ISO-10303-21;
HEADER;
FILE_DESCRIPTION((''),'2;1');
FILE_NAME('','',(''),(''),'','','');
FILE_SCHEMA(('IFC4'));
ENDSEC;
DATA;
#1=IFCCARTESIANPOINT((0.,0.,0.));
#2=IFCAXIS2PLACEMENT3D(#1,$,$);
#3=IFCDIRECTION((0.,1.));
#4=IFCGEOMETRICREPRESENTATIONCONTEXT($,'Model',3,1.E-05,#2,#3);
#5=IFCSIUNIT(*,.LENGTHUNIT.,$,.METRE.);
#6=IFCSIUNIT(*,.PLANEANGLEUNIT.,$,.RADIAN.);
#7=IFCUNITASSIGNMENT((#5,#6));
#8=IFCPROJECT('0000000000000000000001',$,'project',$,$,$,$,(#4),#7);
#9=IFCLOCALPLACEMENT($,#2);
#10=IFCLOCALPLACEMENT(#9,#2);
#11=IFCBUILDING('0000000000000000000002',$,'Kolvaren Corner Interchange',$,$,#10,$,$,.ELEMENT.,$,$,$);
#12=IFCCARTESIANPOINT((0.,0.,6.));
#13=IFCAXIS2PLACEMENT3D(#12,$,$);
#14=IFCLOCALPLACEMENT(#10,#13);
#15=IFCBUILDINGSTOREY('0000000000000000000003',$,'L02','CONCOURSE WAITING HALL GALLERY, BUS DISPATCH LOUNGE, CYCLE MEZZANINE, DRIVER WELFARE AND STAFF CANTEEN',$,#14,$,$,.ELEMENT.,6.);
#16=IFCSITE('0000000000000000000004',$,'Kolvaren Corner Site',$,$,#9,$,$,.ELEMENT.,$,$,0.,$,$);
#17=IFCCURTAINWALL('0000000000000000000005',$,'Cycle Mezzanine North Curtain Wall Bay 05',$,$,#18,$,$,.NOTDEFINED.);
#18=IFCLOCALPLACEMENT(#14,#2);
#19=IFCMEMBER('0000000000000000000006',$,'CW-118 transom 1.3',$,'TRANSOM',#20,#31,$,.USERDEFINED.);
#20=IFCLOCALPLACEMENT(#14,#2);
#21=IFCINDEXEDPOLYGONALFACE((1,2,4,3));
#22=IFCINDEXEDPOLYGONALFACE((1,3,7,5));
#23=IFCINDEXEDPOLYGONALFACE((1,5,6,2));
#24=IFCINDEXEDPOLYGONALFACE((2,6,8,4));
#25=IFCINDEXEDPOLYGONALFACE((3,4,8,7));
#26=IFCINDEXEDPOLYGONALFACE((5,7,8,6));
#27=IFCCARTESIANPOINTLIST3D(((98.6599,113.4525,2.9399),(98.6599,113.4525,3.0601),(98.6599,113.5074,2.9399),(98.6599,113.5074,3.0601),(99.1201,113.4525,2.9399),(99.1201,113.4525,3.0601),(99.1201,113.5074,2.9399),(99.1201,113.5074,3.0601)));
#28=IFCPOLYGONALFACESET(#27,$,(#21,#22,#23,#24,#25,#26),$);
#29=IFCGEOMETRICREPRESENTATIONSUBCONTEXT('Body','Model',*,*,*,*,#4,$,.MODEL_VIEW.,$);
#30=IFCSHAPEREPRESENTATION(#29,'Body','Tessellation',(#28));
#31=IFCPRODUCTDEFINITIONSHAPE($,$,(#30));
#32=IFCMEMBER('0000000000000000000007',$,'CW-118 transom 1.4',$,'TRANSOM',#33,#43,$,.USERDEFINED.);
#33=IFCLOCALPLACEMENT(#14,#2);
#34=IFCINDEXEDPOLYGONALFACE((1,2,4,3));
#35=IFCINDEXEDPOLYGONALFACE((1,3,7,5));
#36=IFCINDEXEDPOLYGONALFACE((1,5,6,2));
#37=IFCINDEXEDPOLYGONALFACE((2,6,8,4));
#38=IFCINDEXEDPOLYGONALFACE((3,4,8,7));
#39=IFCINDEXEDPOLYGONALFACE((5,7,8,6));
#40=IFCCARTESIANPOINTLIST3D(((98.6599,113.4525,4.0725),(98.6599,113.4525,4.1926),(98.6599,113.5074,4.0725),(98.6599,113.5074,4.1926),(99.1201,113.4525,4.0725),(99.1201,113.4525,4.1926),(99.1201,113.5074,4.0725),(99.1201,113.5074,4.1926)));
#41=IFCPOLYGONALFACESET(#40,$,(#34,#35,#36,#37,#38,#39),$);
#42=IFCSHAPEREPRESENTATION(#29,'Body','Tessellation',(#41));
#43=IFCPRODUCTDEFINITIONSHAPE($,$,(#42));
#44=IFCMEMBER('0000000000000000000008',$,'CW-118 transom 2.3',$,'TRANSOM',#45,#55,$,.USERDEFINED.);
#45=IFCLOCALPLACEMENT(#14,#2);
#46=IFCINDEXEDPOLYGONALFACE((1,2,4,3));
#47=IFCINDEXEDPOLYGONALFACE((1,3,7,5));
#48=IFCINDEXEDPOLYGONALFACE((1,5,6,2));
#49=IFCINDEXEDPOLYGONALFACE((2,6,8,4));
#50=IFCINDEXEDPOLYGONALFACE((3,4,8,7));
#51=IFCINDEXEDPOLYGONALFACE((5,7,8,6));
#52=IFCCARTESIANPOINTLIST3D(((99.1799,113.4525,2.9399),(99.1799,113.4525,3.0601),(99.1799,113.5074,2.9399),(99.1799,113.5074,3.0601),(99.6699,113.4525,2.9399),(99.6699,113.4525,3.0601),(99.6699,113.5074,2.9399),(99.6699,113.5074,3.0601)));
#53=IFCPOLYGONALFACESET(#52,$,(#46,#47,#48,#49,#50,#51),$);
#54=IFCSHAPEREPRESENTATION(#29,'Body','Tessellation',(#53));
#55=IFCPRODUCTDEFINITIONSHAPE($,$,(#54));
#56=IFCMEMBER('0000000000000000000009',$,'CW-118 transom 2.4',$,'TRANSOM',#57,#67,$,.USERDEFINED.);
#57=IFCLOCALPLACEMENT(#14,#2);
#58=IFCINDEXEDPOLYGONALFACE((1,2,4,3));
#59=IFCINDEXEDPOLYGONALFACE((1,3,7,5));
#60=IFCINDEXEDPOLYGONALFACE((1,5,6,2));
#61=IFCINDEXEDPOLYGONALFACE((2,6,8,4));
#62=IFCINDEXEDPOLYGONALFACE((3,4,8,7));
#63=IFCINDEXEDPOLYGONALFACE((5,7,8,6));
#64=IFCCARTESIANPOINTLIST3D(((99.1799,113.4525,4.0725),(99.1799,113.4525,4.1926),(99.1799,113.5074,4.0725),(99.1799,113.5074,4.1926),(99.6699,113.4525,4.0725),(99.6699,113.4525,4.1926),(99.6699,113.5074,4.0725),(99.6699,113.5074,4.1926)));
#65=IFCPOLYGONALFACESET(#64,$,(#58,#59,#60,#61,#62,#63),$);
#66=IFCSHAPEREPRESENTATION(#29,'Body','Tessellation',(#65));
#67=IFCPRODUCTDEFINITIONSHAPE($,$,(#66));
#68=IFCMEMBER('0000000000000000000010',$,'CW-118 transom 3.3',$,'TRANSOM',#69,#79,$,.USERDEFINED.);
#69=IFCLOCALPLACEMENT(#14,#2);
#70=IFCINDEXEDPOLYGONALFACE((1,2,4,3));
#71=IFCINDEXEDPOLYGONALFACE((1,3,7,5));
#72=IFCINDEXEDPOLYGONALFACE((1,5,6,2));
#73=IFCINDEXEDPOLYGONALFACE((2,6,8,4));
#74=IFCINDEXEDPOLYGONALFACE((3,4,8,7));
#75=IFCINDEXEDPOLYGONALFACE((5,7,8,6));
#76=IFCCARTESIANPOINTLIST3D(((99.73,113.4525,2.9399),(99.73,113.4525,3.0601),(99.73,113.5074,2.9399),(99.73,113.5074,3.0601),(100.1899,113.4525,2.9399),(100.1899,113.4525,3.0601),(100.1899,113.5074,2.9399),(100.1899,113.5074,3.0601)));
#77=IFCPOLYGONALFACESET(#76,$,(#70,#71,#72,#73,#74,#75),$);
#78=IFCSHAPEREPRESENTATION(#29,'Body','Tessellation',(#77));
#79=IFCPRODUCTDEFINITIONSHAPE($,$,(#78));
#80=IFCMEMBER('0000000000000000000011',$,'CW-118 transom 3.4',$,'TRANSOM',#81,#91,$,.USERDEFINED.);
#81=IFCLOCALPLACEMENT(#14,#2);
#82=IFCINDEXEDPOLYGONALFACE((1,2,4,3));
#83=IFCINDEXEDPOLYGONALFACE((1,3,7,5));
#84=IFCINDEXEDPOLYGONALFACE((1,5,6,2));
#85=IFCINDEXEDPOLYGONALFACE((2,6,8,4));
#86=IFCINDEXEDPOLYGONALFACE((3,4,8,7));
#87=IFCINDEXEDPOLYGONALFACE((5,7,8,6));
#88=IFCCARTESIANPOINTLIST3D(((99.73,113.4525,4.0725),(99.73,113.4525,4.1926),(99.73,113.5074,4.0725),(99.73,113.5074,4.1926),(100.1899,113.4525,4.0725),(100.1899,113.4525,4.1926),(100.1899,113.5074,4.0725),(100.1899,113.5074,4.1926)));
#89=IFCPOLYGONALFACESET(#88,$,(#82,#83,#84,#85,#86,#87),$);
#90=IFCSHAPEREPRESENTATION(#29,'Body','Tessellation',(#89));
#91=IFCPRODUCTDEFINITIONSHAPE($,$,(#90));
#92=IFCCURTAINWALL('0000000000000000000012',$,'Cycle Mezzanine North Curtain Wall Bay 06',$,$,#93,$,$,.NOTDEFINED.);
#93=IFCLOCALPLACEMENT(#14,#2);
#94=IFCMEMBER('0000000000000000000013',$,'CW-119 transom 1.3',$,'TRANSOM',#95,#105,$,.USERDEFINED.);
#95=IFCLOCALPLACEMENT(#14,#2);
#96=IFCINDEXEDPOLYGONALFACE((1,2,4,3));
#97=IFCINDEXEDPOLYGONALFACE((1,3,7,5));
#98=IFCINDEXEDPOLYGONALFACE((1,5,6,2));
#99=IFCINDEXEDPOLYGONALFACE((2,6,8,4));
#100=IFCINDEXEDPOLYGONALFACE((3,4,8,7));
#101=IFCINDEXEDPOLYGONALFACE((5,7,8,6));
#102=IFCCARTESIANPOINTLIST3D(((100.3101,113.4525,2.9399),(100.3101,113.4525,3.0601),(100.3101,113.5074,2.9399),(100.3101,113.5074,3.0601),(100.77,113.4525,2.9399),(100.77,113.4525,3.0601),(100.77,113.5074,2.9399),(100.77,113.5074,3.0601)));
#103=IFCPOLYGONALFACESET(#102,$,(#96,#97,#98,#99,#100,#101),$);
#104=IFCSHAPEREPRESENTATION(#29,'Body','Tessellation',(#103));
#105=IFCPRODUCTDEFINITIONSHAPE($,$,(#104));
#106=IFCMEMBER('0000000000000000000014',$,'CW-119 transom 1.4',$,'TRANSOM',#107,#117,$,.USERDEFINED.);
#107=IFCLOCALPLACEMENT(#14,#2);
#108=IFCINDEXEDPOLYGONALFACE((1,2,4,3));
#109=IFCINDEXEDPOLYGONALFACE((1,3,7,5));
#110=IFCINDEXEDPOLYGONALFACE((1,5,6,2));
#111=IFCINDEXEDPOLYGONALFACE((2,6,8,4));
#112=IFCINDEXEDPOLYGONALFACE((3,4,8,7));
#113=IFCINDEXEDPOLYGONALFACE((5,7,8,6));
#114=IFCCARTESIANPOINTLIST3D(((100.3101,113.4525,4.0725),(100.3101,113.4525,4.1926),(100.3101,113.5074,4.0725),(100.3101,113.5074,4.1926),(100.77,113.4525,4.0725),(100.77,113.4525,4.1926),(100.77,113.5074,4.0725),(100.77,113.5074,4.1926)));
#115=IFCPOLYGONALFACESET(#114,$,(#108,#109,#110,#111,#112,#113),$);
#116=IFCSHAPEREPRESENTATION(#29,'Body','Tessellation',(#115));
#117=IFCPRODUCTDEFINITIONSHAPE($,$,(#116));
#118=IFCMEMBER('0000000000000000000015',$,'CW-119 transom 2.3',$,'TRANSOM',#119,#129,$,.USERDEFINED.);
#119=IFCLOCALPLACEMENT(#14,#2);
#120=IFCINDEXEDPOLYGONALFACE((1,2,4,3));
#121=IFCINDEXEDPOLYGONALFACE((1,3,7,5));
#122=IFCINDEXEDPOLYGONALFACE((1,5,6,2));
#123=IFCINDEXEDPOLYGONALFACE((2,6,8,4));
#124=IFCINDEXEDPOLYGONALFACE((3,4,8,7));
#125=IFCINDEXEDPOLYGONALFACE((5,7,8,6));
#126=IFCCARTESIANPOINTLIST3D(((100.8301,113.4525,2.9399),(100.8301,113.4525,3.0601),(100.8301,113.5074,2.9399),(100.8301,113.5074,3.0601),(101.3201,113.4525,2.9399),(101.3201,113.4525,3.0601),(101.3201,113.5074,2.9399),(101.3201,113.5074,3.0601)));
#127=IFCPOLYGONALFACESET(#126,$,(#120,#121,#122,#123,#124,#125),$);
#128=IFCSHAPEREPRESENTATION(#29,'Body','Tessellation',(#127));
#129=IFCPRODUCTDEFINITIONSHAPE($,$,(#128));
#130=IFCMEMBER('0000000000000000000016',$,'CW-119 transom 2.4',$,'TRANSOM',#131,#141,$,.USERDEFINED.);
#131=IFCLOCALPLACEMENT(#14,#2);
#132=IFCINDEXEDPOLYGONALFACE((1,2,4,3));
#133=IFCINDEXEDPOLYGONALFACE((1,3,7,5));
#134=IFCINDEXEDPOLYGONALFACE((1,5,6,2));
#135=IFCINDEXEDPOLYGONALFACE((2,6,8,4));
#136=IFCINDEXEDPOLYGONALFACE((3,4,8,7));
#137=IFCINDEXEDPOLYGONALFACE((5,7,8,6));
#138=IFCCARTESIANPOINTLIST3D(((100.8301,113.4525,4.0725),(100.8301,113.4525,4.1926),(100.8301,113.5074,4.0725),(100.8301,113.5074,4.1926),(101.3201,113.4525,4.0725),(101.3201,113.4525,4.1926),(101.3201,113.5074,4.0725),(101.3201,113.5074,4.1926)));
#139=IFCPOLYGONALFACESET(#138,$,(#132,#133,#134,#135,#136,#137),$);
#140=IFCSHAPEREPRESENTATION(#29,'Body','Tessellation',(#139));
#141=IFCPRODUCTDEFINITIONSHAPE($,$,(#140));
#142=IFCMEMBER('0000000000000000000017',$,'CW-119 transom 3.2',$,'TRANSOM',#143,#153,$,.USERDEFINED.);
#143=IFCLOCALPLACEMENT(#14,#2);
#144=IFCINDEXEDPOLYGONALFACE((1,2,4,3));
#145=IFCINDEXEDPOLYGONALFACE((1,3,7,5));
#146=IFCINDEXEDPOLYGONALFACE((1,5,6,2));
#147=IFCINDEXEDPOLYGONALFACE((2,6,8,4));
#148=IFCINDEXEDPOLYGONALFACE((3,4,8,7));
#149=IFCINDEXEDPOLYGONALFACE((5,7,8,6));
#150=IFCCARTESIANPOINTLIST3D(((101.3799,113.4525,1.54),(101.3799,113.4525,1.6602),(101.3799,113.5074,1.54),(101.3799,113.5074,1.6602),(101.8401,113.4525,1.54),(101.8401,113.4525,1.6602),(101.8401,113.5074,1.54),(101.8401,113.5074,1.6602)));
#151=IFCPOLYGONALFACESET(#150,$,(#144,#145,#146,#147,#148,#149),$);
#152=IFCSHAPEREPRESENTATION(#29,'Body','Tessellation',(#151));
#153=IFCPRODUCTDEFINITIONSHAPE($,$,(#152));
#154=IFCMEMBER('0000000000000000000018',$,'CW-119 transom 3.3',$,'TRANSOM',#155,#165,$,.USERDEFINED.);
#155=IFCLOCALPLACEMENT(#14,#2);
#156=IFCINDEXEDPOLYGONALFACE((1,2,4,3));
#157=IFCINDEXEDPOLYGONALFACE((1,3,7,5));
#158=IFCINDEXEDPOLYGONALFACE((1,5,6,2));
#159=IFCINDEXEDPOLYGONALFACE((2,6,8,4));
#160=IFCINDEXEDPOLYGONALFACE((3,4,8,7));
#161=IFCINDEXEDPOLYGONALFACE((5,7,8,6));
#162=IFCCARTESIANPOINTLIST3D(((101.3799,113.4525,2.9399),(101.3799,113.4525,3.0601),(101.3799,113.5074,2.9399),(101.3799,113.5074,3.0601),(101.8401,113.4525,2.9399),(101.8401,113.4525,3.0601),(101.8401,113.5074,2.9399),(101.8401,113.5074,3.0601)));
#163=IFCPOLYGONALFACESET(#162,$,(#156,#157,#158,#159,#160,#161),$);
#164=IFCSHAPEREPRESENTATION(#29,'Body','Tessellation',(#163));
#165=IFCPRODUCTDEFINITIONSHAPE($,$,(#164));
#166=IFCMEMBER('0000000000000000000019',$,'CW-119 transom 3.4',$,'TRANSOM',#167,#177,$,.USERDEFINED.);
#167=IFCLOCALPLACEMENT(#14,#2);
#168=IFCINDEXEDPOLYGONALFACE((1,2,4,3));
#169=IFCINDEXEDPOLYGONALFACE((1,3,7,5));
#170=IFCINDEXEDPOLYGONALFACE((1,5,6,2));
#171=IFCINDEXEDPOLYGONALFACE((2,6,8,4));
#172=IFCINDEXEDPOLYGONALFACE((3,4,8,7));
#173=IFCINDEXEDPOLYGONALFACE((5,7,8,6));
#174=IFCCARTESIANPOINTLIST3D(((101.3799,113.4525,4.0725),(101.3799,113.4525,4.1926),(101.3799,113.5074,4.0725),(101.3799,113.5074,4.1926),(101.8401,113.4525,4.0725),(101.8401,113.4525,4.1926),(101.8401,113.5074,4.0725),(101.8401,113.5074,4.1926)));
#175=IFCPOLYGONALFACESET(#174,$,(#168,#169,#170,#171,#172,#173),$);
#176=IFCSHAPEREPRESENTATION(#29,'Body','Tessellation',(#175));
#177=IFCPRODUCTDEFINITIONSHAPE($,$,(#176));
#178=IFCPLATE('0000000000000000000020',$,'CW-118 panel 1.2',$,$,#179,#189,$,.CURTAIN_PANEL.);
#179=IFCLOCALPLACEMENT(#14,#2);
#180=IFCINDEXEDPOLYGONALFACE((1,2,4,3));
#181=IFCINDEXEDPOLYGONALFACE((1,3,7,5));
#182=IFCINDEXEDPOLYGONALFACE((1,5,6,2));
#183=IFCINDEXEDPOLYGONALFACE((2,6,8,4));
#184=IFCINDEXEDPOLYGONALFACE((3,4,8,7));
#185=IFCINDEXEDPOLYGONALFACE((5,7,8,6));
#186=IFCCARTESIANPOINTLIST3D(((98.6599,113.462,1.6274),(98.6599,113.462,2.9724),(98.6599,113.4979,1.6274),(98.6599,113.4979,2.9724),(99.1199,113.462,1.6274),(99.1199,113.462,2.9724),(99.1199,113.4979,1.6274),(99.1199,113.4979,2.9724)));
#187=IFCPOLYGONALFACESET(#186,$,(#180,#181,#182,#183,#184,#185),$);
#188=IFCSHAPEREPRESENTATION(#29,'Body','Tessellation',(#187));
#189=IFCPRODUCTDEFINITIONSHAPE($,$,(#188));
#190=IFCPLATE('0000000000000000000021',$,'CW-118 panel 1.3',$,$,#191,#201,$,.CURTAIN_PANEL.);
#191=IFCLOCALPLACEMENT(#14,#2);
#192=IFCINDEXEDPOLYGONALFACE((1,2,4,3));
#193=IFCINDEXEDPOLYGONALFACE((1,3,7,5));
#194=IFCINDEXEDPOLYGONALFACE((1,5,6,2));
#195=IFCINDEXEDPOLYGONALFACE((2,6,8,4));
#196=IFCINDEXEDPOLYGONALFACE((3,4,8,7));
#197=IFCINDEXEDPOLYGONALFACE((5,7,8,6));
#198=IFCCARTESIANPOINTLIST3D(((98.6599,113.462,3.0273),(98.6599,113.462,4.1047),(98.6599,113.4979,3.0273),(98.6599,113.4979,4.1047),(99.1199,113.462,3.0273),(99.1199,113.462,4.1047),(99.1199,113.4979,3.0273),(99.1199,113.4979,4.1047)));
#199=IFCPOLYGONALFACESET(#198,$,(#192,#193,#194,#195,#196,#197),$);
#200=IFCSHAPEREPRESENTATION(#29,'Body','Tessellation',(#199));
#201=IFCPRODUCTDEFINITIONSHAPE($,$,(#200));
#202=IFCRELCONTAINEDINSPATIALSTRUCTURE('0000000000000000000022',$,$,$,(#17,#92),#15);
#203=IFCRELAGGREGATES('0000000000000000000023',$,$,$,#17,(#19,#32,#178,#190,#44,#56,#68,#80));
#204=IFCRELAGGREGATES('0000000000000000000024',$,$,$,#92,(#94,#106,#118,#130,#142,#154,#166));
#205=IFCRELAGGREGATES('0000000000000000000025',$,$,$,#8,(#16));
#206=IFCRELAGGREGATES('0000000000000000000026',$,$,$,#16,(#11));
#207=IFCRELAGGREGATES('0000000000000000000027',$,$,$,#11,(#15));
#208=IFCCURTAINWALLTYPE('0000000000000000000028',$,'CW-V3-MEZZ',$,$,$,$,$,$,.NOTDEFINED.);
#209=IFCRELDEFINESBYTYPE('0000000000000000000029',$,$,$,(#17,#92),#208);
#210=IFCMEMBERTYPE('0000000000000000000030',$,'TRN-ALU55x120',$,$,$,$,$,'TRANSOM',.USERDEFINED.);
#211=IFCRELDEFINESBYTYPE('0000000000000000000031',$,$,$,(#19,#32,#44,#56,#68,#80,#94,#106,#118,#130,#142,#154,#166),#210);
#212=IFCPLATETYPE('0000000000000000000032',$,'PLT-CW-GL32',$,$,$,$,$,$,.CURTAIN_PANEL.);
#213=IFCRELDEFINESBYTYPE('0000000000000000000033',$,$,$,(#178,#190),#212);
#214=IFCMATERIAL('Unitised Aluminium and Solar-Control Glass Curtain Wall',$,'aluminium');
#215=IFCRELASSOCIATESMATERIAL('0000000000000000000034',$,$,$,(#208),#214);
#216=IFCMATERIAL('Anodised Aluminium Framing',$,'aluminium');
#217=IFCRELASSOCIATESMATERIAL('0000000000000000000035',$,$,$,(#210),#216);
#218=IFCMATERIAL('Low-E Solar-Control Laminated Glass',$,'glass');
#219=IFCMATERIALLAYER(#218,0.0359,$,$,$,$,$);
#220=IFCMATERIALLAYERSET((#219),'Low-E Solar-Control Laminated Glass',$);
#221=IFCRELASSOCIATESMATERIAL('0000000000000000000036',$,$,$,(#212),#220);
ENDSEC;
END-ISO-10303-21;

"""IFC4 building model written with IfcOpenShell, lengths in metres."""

from ifc_helpers import new_model, si_unit, direction, frame, origin, origin_2d, place, context, subcontext, project, spatial, rectangle, extrude, material, layer, layer_set, material_profile, profile_set, type_object, element, aggregate, save


model = new_model("IFC4")

# Units and contexts
model_context = context("Model", 3, precision=1e-05, world=origin(), true_north=direction((0.0, 1.0)))
body_context = subcontext(model_context, "Body", "Model", "MODEL_VIEW")
ifc_project = project(units=[si_unit("LENGTHUNIT", "METRE"), si_unit("PLANEANGLEUNIT", "RADIAN")], contexts=[model_context])

# Site, building, storey
site_placement = place(None, origin())
site = spatial("IfcSite", under=ifc_project, at=site_placement, Name="Kolvaren Corner Site", CompositionType="ELEMENT", RefElevation=0.0)
building_placement = place(site_placement, origin())
building = spatial("IfcBuilding", under=site, at=building_placement, Name="Kolvaren Corner Interchange", CompositionType="ELEMENT")
storey_placement = place(building_placement, frame((0.0, 0.0, 6.0)))
storey = spatial("IfcBuildingStorey", under=building, at=storey_placement, Name="L02", Description="CONCOURSE WAITING HALL GALLERY, BUS DISPATCH LOUNGE, CYCLE MEZZANINE, DRIVER WELFARE AND STAFF CANTEEN", CompositionType="ELEMENT", Elevation=6.0)

# Curtain walls, members
ifc_material_1 = material(Name="Unitised Aluminium and Solar-Control Glass Curtain Wall", Category="aluminium")
curtain_wall_type = type_object("IfcCurtainWallType", Name="CW-V3-MEZZ", PredefinedType="NOTDEFINED", material=ifc_material_1)
curtain_wall_1_placement = place(storey_placement, origin())
curtain_wall_1 = element("IfcCurtainWall", 1, at=curtain_wall_1_placement, inside=storey, type_object=curtain_wall_type, Name="Cycle Mezzanine North Curtain Wall Bay 05", PredefinedType="NOTDEFINED")
ifc_material_2 = material(Name="Anodised Aluminium Framing", Category="aluminium")
ifc_material_profile = material_profile(ifc_material_2, rectangle(XDim=0.0549, YDim=0.1201, at=origin_2d()), Name="ALU 55x120")
ifc_profile_set = profile_set([ifc_material_profile], Name="Anodised Aluminium Framing")
member_type = type_object("IfcMemberType", Name="TRN-ALU55x120", ElementType="TRANSOM", PredefinedType="USERDEFINED", material=ifc_profile_set)
member_1_placement = place(storey_placement, frame((98.6599, 113.48, 3.0), z_axis=(1.0, 0.0, 0.0), x_axis=(0.0, 1.0, 0.0)))
member_1 = element("IfcMember", 2, at=member_1_placement, type_object=member_type, Name="CW-118 transom 1.3", ObjectType="TRANSOM", PredefinedType="USERDEFINED", context=body_context, shape_type="SweptSolid", body=[
    extrude(rectangle(XDim=0.0549, YDim=0.1201, at=origin_2d()), origin(), (0.0, 0.0, 1.0), 0.4602),
])
member_2_placement = place(storey_placement, frame((98.6599, 113.48, 4.1326), z_axis=(1.0, 0.0, 0.0), x_axis=(0.0, 1.0, 0.0)))
member_2 = element("IfcMember", 3, at=member_2_placement, type_object=member_type, Name="CW-118 transom 1.4", ObjectType="TRANSOM", PredefinedType="USERDEFINED", context=body_context, shape_type="SweptSolid", body=[
    extrude(rectangle(XDim=0.0549, YDim=0.1201, at=origin_2d()), origin(), (0.0, 0.0, 1.0), 0.4602),
])
member_3_placement = place(storey_placement, frame((99.1799, 113.48, 3.0), z_axis=(1.0, 0.0, 0.0), x_axis=(0.0, 1.0, 0.0)))
member_3 = element("IfcMember", 4, at=member_3_placement, type_object=member_type, Name="CW-118 transom 2.3", ObjectType="TRANSOM", PredefinedType="USERDEFINED", context=body_context, shape_type="SweptSolid", body=[
    extrude(rectangle(XDim=0.0549, YDim=0.1201, at=origin_2d()), origin(), (0.0, 0.0, 1.0), 0.49),
])
member_4_placement = place(storey_placement, frame((99.1799, 113.48, 4.1326), z_axis=(1.0, 0.0, 0.0), x_axis=(0.0, 1.0, 0.0)))
member_4 = element("IfcMember", 5, at=member_4_placement, type_object=member_type, Name="CW-118 transom 2.4", ObjectType="TRANSOM", PredefinedType="USERDEFINED", context=body_context, shape_type="SweptSolid", body=[
    extrude(rectangle(XDim=0.0549, YDim=0.1201, at=origin_2d()), origin(), (0.0, 0.0, 1.0), 0.49),
])
member_5_placement = place(storey_placement, frame((99.73, 113.48, 3.0), z_axis=(1.0, 0.0, 0.0), x_axis=(0.0, 1.0, 0.0)))
member_5 = element("IfcMember", 6, at=member_5_placement, type_object=member_type, Name="CW-118 transom 3.3", ObjectType="TRANSOM", PredefinedType="USERDEFINED", context=body_context, shape_type="SweptSolid", body=[
    extrude(rectangle(XDim=0.0549, YDim=0.1201, at=origin_2d()), origin(), (0.0, 0.0, 1.0), 0.46),
])
member_6_placement = place(storey_placement, frame((99.73, 113.48, 4.1326), z_axis=(1.0, 0.0, 0.0), x_axis=(0.0, 1.0, 0.0)))
member_6 = element("IfcMember", 7, at=member_6_placement, type_object=member_type, Name="CW-118 transom 3.4", ObjectType="TRANSOM", PredefinedType="USERDEFINED", context=body_context, shape_type="SweptSolid", body=[
    extrude(rectangle(XDim=0.0549, YDim=0.1201, at=origin_2d()), origin(), (0.0, 0.0, 1.0), 0.46),
])
curtain_wall_2_placement = place(storey_placement, origin())
curtain_wall_2 = element("IfcCurtainWall", 8, at=curtain_wall_2_placement, inside=storey, type_object=curtain_wall_type, Name="Cycle Mezzanine North Curtain Wall Bay 06", PredefinedType="NOTDEFINED")
member_7_placement = place(storey_placement, frame((100.3101, 113.48, 3.0), z_axis=(1.0, 0.0, 0.0), x_axis=(0.0, 1.0, 0.0)))
member_7 = element("IfcMember", 9, at=member_7_placement, type_object=member_type, Name="CW-119 transom 1.3", ObjectType="TRANSOM", PredefinedType="USERDEFINED", context=body_context, shape_type="SweptSolid", body=[
    extrude(rectangle(XDim=0.0549, YDim=0.1201, at=origin_2d()), origin(), (0.0, 0.0, 1.0), 0.46),
])
member_8_placement = place(storey_placement, frame((100.3101, 113.48, 4.1326), z_axis=(1.0, 0.0, 0.0), x_axis=(0.0, 1.0, 0.0)))
member_8 = element("IfcMember", 10, at=member_8_placement, type_object=member_type, Name="CW-119 transom 1.4", ObjectType="TRANSOM", PredefinedType="USERDEFINED", context=body_context, shape_type="SweptSolid", body=[
    extrude(rectangle(XDim=0.0549, YDim=0.1201, at=origin_2d()), origin(), (0.0, 0.0, 1.0), 0.46),
])
member_9_placement = place(storey_placement, frame((100.8301, 113.48, 3.0), z_axis=(1.0, 0.0, 0.0), x_axis=(0.0, 1.0, 0.0)))
member_9 = element("IfcMember", 11, at=member_9_placement, type_object=member_type, Name="CW-119 transom 2.3", ObjectType="TRANSOM", PredefinedType="USERDEFINED", context=body_context, shape_type="SweptSolid", body=[
    extrude(rectangle(XDim=0.0549, YDim=0.1201, at=origin_2d()), origin(), (0.0, 0.0, 1.0), 0.49),
])
member_10_placement = place(storey_placement, frame((100.8301, 113.48, 4.1326), z_axis=(1.0, 0.0, 0.0), x_axis=(0.0, 1.0, 0.0)))
member_10 = element("IfcMember", 12, at=member_10_placement, type_object=member_type, Name="CW-119 transom 2.4", ObjectType="TRANSOM", PredefinedType="USERDEFINED", context=body_context, shape_type="SweptSolid", body=[
    extrude(rectangle(XDim=0.0549, YDim=0.1201, at=origin_2d()), origin(), (0.0, 0.0, 1.0), 0.49),
])
member_11_placement = place(storey_placement, frame((101.3799, 113.48, 1.6001), z_axis=(1.0, 0.0, 0.0), x_axis=(0.0, 1.0, 0.0)))
member_11 = element("IfcMember", 13, at=member_11_placement, type_object=member_type, Name="CW-119 transom 3.2", ObjectType="TRANSOM", PredefinedType="USERDEFINED", context=body_context, shape_type="SweptSolid", body=[
    extrude(rectangle(XDim=0.0549, YDim=0.1201, at=origin_2d()), origin(), (0.0, 0.0, 1.0), 0.4602),
])
member_12_placement = place(storey_placement, frame((101.3799, 113.48, 3.0), z_axis=(1.0, 0.0, 0.0), x_axis=(0.0, 1.0, 0.0)))
member_12 = element("IfcMember", 14, at=member_12_placement, type_object=member_type, Name="CW-119 transom 3.3", ObjectType="TRANSOM", PredefinedType="USERDEFINED", context=body_context, shape_type="SweptSolid", body=[
    extrude(rectangle(XDim=0.0549, YDim=0.1201, at=origin_2d()), origin(), (0.0, 0.0, 1.0), 0.4602),
])
member_13_placement = place(storey_placement, frame((101.3799, 113.48, 4.1326), z_axis=(1.0, 0.0, 0.0), x_axis=(0.0, 1.0, 0.0)))
member_13 = element("IfcMember", 15, at=member_13_placement, type_object=member_type, Name="CW-119 transom 3.4", ObjectType="TRANSOM", PredefinedType="USERDEFINED", context=body_context, shape_type="SweptSolid", body=[
    extrude(rectangle(XDim=0.0549, YDim=0.1201, at=origin_2d()), origin(), (0.0, 0.0, 1.0), 0.4602),
])

# Plates
ifc_material_3 = material(Name="Low-E Solar-Control Laminated Glass", Category="glass")
ifc_layer = layer(ifc_material_3, 0.0359)
ifc_layer_set = layer_set([ifc_layer], Name="Low-E Solar-Control Laminated Glass")
plate_type = type_object("IfcPlateType", Name="PLT-CW-GL32", PredefinedType="CURTAIN_PANEL", material=ifc_layer_set)
plate_1_placement = place(storey_placement, frame((98.8899, 113.48, 1.6274), z_axis=(0.0, 0.0, 1.0), x_axis=(1.0, 0.0, 0.0)))
plate_1 = element("IfcPlate", 16, at=plate_1_placement, type_object=plate_type, Name="CW-118 panel 1.2", PredefinedType="CURTAIN_PANEL", context=body_context, shape_type="SweptSolid", body=[
    extrude(rectangle(XDim=0.46, YDim=0.0359, at=origin_2d()), origin(), (0.0, 0.0, 1.0), 1.345),
])
plate_2_placement = place(storey_placement, frame((98.8899, 113.48, 3.0273), z_axis=(0.0, 0.0, 1.0), x_axis=(1.0, 0.0, 0.0)))
plate_2 = element("IfcPlate", 17, at=plate_2_placement, type_object=plate_type, Name="CW-118 panel 1.3", PredefinedType="CURTAIN_PANEL", context=body_context, shape_type="SweptSolid", body=[
    extrude(rectangle(XDim=0.46, YDim=0.0359, at=origin_2d()), origin(), (0.0, 0.0, 1.0), 1.0774),
])
aggregate(curtain_wall_1, [member_1, member_2, plate_1, plate_2, member_3, member_4, member_5, member_6])
aggregate(curtain_wall_2, [member_7, member_8, member_9, member_10, member_11, member_12, member_13])

save(model, "model.ifc")
